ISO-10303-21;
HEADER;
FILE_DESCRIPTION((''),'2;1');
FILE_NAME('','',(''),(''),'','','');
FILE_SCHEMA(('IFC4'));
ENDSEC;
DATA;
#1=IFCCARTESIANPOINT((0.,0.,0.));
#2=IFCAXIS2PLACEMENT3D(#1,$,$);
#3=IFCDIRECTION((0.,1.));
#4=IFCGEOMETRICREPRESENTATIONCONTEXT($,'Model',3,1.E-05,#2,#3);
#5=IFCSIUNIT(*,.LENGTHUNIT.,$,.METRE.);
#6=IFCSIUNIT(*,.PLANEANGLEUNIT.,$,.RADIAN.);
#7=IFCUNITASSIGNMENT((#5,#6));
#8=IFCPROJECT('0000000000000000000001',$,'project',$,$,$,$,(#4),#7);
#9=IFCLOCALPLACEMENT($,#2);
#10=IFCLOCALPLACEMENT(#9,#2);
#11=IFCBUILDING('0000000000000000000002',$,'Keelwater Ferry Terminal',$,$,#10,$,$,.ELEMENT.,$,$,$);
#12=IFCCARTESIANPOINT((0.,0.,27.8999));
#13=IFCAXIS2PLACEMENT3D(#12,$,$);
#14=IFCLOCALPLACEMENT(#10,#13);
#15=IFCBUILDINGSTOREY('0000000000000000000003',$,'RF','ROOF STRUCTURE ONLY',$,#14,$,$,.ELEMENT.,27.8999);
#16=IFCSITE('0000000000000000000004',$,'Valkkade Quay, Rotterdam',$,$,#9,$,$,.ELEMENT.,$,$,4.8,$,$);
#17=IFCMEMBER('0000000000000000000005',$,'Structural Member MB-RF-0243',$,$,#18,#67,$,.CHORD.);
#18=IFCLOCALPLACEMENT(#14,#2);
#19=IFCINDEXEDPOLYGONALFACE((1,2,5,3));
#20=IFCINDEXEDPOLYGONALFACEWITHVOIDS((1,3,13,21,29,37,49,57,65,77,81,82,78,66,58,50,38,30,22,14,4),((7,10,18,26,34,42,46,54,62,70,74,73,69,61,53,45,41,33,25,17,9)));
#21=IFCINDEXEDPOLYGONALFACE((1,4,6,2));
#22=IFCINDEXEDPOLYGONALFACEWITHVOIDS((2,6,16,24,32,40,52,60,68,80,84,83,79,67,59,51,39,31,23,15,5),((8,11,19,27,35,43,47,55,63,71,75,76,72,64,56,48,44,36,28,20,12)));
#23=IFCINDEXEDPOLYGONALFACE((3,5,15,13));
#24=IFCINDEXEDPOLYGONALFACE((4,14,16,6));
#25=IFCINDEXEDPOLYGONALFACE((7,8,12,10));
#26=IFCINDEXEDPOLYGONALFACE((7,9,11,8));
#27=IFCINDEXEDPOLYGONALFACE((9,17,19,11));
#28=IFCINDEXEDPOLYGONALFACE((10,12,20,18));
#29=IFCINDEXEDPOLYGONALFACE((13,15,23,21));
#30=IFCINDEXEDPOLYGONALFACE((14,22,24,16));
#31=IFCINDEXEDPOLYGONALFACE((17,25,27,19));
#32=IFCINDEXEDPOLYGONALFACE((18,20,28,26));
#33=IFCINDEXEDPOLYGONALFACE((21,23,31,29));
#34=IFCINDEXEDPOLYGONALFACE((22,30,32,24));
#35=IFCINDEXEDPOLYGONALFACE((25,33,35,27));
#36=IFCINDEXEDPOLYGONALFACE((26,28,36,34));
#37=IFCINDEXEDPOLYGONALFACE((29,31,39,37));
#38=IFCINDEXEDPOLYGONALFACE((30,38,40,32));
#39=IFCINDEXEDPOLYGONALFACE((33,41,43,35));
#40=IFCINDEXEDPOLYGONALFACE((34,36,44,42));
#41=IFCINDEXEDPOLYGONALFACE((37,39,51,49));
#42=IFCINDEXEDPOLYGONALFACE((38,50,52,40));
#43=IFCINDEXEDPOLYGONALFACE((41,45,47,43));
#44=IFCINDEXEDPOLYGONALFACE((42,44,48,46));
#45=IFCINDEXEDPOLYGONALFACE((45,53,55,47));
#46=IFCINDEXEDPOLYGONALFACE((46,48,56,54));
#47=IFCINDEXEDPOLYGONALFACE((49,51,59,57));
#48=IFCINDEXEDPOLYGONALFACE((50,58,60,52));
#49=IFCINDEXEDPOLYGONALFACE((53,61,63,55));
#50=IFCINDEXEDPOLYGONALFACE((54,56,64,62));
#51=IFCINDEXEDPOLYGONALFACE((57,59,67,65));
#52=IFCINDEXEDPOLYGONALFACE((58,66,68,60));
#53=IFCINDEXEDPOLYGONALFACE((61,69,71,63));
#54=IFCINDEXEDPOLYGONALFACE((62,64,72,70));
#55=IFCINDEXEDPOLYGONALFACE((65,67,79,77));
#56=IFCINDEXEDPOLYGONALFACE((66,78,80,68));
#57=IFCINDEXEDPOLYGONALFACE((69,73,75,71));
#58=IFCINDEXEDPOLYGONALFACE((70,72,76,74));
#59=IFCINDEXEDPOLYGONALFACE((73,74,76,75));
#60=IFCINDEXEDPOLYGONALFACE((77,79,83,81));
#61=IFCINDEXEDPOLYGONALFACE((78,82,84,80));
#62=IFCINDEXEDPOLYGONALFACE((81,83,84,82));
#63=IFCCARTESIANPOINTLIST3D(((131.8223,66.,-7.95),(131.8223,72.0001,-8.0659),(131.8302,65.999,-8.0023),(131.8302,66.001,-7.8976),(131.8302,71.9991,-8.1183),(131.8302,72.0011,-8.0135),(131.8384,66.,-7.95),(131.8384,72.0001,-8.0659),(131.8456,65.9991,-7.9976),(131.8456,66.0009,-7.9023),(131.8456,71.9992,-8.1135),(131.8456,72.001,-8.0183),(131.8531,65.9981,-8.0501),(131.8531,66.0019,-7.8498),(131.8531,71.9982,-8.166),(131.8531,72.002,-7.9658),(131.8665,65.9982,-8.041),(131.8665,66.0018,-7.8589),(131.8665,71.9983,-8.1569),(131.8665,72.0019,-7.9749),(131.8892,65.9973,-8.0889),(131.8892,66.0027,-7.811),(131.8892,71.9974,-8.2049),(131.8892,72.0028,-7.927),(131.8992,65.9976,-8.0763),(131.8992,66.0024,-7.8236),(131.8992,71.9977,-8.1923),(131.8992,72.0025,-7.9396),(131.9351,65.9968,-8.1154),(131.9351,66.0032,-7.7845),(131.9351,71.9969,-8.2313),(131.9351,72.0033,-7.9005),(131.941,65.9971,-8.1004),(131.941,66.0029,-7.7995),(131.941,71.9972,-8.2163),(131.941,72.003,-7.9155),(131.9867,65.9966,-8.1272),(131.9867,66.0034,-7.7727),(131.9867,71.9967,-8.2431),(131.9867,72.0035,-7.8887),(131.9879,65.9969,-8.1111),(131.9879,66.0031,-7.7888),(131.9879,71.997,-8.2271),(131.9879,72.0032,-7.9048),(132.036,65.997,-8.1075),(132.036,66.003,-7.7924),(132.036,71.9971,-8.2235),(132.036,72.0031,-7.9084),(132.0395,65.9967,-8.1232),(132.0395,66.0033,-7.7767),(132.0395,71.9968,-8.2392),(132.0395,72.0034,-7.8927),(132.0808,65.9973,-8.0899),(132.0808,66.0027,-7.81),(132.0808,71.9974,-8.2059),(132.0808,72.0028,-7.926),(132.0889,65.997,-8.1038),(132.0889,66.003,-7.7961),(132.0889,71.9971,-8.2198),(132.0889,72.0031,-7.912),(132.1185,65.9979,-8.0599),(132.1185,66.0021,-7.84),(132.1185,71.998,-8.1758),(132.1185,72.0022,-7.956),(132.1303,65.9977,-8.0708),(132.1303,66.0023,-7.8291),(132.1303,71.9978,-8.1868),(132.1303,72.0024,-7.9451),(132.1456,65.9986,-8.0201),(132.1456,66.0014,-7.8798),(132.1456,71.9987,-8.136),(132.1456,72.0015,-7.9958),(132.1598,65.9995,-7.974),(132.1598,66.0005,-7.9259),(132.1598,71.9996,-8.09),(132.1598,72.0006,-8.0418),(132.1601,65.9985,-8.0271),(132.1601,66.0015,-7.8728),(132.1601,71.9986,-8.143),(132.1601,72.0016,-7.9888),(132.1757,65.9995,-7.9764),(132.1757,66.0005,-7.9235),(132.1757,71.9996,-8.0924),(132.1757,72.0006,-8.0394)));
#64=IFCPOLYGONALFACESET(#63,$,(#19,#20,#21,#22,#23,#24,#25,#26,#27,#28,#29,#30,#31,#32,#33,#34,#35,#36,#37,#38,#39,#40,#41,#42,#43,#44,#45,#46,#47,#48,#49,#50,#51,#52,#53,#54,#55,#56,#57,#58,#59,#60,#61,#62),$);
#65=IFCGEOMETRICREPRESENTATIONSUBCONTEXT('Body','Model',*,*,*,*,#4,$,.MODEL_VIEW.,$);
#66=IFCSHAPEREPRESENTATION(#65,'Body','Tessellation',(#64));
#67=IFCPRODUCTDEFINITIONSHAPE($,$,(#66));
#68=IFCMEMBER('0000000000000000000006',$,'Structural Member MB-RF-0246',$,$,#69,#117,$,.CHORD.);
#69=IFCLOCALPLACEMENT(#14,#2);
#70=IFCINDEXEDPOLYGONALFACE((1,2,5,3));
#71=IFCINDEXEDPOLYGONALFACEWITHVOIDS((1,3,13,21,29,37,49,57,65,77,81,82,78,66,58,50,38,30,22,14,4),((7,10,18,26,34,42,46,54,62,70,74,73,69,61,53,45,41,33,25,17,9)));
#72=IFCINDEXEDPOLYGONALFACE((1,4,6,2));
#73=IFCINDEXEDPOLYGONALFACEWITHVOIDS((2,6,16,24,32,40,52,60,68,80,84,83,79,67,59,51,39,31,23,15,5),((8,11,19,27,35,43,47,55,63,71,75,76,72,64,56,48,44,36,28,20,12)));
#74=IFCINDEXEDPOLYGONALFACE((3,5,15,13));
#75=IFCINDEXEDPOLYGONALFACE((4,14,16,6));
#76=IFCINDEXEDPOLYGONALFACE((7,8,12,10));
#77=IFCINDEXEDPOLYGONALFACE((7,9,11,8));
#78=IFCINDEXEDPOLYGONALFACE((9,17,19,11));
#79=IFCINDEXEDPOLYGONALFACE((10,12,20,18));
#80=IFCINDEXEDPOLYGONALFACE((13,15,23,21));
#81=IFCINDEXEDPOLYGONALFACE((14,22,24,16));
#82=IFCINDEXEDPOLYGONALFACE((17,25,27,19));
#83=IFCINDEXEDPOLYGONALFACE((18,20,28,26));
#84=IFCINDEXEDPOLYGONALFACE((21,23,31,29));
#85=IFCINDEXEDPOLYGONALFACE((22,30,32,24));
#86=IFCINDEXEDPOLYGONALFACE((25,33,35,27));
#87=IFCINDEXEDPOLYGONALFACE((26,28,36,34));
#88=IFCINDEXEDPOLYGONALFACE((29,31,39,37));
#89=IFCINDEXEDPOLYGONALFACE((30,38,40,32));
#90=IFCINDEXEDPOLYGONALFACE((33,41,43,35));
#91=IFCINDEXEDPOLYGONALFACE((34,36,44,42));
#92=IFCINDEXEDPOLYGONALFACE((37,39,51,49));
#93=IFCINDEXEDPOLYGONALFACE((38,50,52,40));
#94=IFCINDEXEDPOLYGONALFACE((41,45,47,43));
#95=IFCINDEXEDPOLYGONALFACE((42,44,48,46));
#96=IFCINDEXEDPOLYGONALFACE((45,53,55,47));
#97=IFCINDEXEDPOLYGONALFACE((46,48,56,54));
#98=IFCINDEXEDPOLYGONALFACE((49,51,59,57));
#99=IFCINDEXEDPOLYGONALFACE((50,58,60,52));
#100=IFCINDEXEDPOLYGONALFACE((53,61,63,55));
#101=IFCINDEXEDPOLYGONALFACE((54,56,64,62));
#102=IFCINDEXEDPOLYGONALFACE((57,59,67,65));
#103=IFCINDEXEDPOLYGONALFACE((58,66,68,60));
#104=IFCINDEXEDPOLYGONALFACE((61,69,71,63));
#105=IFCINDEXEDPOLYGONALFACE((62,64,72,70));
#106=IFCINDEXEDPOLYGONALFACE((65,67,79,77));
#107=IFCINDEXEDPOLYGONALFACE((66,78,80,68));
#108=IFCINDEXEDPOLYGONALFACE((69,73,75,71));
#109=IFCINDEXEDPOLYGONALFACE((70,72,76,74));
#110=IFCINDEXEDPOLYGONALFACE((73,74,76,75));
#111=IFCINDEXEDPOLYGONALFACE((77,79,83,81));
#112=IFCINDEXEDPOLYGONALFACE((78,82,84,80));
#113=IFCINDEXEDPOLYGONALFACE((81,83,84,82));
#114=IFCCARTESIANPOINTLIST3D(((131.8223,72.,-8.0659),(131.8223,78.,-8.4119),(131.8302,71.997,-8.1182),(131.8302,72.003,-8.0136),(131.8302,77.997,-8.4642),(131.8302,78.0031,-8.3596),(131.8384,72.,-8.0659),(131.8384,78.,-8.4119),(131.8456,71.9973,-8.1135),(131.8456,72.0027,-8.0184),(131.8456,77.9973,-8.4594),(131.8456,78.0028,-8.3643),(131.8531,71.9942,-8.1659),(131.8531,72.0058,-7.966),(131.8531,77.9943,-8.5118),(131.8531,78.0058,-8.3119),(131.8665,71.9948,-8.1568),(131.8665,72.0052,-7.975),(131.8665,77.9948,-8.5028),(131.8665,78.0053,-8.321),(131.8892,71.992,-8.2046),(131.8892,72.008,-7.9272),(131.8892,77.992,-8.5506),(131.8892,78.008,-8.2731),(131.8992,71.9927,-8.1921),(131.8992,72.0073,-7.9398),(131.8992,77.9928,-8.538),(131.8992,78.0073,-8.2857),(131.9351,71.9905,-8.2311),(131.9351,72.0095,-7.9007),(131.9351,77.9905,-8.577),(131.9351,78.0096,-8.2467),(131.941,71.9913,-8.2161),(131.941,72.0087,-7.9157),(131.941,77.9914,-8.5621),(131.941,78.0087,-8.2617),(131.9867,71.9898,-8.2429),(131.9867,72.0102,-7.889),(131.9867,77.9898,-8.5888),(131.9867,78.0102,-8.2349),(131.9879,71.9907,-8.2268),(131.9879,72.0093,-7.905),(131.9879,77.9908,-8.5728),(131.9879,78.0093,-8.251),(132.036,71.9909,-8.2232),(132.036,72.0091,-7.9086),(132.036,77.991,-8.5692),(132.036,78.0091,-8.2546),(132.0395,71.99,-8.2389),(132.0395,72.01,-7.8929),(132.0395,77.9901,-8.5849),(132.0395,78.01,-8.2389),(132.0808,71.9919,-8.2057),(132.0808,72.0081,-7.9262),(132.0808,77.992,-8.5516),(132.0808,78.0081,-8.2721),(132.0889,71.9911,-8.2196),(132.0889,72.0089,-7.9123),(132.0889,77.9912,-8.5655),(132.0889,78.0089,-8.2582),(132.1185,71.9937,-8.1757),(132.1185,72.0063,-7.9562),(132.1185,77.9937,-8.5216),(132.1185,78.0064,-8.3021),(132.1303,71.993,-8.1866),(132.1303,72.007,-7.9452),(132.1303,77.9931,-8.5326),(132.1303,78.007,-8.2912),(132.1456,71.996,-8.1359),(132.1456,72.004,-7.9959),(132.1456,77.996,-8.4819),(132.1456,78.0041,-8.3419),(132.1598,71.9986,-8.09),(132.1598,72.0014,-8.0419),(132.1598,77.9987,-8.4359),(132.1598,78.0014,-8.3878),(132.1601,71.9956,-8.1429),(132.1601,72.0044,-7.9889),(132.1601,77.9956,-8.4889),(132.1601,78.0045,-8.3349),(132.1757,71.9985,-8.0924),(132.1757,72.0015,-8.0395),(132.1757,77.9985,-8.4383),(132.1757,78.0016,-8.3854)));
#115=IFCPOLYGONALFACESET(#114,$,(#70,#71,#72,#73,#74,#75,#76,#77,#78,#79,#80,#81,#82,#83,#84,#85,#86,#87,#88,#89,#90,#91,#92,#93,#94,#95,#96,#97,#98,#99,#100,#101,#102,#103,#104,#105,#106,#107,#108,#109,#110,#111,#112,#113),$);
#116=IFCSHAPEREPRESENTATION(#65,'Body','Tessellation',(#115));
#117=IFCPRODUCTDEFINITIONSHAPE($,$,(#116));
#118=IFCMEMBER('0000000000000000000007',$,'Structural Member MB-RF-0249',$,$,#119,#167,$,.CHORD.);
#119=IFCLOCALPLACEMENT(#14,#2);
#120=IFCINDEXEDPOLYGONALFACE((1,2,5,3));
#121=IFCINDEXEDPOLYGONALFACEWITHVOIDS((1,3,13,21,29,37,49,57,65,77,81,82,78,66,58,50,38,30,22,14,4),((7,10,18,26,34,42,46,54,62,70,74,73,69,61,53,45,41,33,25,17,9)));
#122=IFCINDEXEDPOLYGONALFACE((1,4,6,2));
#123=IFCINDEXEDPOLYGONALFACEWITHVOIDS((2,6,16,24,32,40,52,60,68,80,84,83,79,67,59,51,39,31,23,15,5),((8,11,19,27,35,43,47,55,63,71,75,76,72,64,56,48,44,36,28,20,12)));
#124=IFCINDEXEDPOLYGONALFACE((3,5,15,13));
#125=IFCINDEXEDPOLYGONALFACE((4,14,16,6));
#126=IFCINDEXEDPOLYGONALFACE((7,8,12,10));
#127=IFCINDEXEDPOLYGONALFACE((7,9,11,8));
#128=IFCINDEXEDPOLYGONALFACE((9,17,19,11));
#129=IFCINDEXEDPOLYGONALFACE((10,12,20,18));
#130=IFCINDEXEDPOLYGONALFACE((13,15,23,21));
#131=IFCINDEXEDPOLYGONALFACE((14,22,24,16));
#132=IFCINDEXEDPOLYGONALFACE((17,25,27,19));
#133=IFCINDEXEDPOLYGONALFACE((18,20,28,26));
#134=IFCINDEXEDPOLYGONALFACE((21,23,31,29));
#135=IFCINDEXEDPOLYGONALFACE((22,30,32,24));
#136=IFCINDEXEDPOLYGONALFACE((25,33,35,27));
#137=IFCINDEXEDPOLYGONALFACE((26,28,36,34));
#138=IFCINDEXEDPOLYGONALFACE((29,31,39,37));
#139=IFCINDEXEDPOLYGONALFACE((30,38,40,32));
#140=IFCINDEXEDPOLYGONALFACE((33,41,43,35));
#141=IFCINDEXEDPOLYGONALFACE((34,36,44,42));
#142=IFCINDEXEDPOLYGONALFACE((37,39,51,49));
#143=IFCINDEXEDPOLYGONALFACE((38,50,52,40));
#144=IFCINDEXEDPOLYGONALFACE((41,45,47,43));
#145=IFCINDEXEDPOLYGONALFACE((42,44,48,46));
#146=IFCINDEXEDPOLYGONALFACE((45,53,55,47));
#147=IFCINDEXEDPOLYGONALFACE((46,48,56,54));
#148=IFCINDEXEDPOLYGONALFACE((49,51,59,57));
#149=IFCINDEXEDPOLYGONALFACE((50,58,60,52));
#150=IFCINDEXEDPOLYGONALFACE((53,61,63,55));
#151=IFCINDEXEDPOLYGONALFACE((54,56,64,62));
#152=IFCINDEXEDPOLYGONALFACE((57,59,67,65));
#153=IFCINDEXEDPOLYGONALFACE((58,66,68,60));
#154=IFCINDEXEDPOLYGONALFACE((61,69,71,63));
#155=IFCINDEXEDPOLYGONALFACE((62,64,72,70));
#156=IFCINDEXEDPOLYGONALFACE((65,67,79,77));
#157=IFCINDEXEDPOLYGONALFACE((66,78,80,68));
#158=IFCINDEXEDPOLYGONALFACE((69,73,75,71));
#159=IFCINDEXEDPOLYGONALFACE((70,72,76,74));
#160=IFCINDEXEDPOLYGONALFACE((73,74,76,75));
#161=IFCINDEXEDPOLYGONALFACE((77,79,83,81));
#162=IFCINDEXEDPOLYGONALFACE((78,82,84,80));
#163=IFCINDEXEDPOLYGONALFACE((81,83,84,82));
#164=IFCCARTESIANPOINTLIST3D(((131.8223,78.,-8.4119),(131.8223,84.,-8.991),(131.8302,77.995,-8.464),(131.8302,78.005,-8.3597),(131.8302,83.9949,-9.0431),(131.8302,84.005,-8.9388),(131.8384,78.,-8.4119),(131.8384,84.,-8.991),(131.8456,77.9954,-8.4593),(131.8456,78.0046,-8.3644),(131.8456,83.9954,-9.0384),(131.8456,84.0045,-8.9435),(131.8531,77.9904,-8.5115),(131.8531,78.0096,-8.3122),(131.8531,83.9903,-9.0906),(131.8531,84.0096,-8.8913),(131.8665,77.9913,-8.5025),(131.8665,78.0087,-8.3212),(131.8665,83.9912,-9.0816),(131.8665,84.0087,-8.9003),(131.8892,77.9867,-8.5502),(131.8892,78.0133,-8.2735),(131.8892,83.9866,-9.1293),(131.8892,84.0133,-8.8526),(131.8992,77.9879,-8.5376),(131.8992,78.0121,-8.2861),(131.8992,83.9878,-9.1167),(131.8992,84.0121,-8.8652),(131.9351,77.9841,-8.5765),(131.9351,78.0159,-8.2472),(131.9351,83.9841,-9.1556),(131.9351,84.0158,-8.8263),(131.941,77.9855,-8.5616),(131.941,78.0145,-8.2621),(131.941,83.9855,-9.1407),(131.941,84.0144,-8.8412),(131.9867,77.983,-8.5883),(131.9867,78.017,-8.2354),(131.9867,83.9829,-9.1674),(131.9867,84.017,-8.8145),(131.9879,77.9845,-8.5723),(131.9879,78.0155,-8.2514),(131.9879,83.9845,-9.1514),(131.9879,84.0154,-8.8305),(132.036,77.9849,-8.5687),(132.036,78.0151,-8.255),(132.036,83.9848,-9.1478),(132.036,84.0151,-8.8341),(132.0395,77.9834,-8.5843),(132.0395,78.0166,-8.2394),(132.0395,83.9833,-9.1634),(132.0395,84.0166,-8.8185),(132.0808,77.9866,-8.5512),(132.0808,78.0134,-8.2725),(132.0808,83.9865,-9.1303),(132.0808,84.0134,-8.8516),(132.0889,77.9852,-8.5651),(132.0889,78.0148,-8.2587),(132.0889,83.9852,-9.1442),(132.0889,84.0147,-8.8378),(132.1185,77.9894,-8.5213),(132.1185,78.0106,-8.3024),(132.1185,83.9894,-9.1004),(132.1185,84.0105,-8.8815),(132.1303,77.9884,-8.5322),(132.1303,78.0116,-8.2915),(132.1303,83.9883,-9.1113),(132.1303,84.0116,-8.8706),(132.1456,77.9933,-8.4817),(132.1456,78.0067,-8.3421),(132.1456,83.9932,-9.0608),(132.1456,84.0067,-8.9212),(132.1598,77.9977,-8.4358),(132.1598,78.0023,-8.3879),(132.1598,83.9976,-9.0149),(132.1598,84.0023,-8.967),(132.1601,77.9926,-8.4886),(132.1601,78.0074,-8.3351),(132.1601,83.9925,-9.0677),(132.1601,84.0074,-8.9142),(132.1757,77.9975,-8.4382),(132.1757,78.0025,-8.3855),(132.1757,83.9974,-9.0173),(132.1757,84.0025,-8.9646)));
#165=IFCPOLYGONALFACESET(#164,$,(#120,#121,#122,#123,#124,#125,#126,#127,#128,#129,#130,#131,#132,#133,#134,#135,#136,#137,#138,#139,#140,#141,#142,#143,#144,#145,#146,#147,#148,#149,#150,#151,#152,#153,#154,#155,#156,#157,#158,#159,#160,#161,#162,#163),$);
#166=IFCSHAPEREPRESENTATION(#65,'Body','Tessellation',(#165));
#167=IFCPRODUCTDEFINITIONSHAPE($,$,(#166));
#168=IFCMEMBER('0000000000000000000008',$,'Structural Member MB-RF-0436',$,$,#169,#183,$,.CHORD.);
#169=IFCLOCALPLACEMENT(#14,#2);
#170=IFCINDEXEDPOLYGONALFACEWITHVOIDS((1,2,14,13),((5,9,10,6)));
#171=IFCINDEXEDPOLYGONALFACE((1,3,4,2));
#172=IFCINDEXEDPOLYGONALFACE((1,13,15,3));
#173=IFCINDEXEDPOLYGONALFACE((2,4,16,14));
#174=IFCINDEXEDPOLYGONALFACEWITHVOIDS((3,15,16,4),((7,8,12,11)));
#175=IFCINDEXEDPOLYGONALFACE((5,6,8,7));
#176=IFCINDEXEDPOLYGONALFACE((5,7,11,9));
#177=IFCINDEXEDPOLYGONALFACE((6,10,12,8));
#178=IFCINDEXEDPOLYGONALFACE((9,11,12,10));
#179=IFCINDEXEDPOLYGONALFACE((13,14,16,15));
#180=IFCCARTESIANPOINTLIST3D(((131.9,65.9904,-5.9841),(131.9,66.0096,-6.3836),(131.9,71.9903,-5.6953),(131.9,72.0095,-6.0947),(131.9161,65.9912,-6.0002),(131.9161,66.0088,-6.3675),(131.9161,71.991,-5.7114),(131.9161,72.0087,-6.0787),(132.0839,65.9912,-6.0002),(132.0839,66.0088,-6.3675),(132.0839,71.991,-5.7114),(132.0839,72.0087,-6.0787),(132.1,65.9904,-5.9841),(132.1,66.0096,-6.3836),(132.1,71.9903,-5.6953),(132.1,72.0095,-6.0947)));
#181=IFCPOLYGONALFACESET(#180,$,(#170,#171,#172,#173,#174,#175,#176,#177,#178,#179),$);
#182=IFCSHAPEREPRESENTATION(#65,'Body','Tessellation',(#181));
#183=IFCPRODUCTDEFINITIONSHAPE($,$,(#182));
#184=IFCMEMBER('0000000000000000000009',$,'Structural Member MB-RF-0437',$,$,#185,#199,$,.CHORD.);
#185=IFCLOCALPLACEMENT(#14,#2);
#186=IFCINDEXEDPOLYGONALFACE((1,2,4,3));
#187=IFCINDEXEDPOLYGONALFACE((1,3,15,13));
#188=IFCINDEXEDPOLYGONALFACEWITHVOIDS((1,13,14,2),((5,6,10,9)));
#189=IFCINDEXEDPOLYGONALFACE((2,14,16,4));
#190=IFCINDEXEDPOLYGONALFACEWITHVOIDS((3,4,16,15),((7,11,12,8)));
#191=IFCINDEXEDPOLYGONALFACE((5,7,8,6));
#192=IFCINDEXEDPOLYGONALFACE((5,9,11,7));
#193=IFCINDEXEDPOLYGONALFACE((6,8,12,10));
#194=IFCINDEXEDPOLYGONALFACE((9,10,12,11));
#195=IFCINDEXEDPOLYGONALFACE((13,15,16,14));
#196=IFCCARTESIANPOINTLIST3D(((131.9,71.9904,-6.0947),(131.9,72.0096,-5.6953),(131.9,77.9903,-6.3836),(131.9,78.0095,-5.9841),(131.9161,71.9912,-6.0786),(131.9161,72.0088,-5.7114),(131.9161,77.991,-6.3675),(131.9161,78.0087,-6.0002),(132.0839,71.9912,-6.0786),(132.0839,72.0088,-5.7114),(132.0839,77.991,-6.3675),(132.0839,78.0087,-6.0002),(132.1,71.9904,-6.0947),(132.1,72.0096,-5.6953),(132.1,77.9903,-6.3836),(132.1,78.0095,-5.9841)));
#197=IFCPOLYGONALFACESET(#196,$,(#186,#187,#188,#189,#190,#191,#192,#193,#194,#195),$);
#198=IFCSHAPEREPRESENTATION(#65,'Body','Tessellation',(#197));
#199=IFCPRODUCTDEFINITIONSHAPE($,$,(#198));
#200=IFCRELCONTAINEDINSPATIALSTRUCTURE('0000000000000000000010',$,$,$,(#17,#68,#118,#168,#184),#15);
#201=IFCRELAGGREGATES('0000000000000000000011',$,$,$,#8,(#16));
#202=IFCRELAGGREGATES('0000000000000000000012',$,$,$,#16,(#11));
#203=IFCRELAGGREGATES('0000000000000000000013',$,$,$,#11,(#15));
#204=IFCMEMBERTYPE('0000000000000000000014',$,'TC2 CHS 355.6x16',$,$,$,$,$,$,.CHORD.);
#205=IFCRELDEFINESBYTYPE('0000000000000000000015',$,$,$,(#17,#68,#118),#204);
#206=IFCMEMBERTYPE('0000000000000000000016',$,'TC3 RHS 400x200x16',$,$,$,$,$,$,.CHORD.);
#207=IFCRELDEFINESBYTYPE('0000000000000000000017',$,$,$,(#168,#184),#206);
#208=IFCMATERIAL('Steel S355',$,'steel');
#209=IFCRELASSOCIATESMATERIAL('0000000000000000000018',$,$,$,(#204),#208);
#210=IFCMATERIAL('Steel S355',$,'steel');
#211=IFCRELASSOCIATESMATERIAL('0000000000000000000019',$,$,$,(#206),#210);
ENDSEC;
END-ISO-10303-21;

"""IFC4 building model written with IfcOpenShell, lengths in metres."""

from ifc_helpers import new_model, si_unit, direction, frame, origin, origin_2d, place, context, subcontext, project, spatial, hollow_rectangle, hollow_circle, extrude, material, material_profile, profile_set, type_object, element, save


model = new_model("IFC4")

# Units and contexts
model_context = context("Model", 3, precision=1e-05, world=origin(), true_north=direction((0.0, 1.0)))
body_context = subcontext(model_context, "Body", "Model", "MODEL_VIEW")
ifc_project = project(units=[si_unit("LENGTHUNIT", "METRE"), si_unit("PLANEANGLEUNIT", "RADIAN")], contexts=[model_context])

# Site, building, storey
site_placement = place(None, origin())
site = spatial("IfcSite", under=ifc_project, at=site_placement, Name="Valkkade Quay, Rotterdam", CompositionType="ELEMENT", RefElevation=4.8)
building_placement = place(site_placement, origin())
building = spatial("IfcBuilding", under=site, at=building_placement, Name="Keelwater Ferry Terminal", CompositionType="ELEMENT")
storey_placement = place(building_placement, frame((0.0, 0.0, 27.8999)))
storey = spatial("IfcBuildingStorey", under=building, at=storey_placement, Name="RF", Description="ROOF STRUCTURE ONLY", CompositionType="ELEMENT", Elevation=27.8999)

# Members
ifc_material_1 = material(Name="Steel S355", Category="steel")
ifc_material_profile_1 = material_profile(ifc_material_1, hollow_circle(Radius=0.1777, WallThickness=0.0161, at=origin_2d()), Name="CHS 355.6x16")
ifc_profile_set_1 = profile_set([ifc_material_profile_1], Name="Steel S355")
member_type_1 = type_object("IfcMemberType", Name="TC2 CHS 355.6x16", PredefinedType="CHORD", material=ifc_profile_set_1)
member_1_placement = place(storey_placement, frame((132.0, 66.0, -7.95), z_axis=(0.0, 0.999813, -0.019324), x_axis=(-1.0, 0.0, 0.0)))
element("IfcMember", 1, at=member_1_placement, inside=storey, type_object=member_type_1, Name="Structural Member MB-RF-0243", PredefinedType="CHORD", context=body_context, shape_type="SweptSolid", body=[
    extrude(hollow_circle(Radius=0.1777, WallThickness=0.0161, at=origin_2d()), origin(), (0.0, 0.0, 1.0), 6.0012),
])
member_2_placement = place(storey_placement, frame((132.0, 72.0, -8.0659), z_axis=(0.0, 0.998342, -0.057562), x_axis=(-1.0, 0.0, 0.0)))
element("IfcMember", 2, at=member_2_placement, inside=storey, type_object=member_type_1, Name="Structural Member MB-RF-0246", PredefinedType="CHORD", context=body_context, shape_type="SweptSolid", body=[
    extrude(hollow_circle(Radius=0.1777, WallThickness=0.0161, at=origin_2d()), origin(), (0.0, 0.0, 1.0), 6.01),
])
member_3_placement = place(storey_placement, frame((132.0, 78.0, -8.4119), z_axis=(0.0, 0.995375, -0.09607), x_axis=(-1.0, 0.0, 0.0)))
element("IfcMember", 3, at=member_3_placement, inside=storey, type_object=member_type_1, Name="Structural Member MB-RF-0249", PredefinedType="CHORD", context=body_context, shape_type="SweptSolid", body=[
    extrude(hollow_circle(Radius=0.1777, WallThickness=0.0161, at=origin_2d()), origin(), (0.0, 0.0, 1.0), 6.0278),
])
ifc_material_2 = material(Name="Steel S355", Category="steel")
ifc_material_profile_2 = material_profile(ifc_material_2, hollow_rectangle(XDim=0.2, YDim=0.3999, WallThickness=0.0161, at=origin_2d()), Name="RHS 400x200x16")
ifc_profile_set_2 = profile_set([ifc_material_profile_2], Name="Steel S355")
member_type_2 = type_object("IfcMemberType", Name="TC3 RHS 400x200x16", PredefinedType="CHORD", material=ifc_profile_set_2)
for number, where, z_axis, x_axis, name in (
    (4, (132.0, 66.0, -6.1838), (0.0, 0.998843, 0.048081), (-1.0, 0.0, 0.0), "Structural Member MB-RF-0436"),
    (5, (132.0, 72.0, -5.895), (0.0, 0.998843, -0.048081), (-1.0, 0.0, 0.0), "Structural Member MB-RF-0437"),
):
    element("IfcMember", number, at=place(storey_placement, frame(where, z_axis=z_axis, x_axis=x_axis)), inside=storey, type_object=member_type_2, Name=name, PredefinedType="CHORD", context=body_context, shape_type="SweptSolid", body=[
        extrude(hollow_rectangle(XDim=0.2, YDim=0.3999, WallThickness=0.0161, at=origin_2d()), origin(), (0.0, 0.0, 1.0), 6.0068),
    ])

save(model, "model.ifc")
